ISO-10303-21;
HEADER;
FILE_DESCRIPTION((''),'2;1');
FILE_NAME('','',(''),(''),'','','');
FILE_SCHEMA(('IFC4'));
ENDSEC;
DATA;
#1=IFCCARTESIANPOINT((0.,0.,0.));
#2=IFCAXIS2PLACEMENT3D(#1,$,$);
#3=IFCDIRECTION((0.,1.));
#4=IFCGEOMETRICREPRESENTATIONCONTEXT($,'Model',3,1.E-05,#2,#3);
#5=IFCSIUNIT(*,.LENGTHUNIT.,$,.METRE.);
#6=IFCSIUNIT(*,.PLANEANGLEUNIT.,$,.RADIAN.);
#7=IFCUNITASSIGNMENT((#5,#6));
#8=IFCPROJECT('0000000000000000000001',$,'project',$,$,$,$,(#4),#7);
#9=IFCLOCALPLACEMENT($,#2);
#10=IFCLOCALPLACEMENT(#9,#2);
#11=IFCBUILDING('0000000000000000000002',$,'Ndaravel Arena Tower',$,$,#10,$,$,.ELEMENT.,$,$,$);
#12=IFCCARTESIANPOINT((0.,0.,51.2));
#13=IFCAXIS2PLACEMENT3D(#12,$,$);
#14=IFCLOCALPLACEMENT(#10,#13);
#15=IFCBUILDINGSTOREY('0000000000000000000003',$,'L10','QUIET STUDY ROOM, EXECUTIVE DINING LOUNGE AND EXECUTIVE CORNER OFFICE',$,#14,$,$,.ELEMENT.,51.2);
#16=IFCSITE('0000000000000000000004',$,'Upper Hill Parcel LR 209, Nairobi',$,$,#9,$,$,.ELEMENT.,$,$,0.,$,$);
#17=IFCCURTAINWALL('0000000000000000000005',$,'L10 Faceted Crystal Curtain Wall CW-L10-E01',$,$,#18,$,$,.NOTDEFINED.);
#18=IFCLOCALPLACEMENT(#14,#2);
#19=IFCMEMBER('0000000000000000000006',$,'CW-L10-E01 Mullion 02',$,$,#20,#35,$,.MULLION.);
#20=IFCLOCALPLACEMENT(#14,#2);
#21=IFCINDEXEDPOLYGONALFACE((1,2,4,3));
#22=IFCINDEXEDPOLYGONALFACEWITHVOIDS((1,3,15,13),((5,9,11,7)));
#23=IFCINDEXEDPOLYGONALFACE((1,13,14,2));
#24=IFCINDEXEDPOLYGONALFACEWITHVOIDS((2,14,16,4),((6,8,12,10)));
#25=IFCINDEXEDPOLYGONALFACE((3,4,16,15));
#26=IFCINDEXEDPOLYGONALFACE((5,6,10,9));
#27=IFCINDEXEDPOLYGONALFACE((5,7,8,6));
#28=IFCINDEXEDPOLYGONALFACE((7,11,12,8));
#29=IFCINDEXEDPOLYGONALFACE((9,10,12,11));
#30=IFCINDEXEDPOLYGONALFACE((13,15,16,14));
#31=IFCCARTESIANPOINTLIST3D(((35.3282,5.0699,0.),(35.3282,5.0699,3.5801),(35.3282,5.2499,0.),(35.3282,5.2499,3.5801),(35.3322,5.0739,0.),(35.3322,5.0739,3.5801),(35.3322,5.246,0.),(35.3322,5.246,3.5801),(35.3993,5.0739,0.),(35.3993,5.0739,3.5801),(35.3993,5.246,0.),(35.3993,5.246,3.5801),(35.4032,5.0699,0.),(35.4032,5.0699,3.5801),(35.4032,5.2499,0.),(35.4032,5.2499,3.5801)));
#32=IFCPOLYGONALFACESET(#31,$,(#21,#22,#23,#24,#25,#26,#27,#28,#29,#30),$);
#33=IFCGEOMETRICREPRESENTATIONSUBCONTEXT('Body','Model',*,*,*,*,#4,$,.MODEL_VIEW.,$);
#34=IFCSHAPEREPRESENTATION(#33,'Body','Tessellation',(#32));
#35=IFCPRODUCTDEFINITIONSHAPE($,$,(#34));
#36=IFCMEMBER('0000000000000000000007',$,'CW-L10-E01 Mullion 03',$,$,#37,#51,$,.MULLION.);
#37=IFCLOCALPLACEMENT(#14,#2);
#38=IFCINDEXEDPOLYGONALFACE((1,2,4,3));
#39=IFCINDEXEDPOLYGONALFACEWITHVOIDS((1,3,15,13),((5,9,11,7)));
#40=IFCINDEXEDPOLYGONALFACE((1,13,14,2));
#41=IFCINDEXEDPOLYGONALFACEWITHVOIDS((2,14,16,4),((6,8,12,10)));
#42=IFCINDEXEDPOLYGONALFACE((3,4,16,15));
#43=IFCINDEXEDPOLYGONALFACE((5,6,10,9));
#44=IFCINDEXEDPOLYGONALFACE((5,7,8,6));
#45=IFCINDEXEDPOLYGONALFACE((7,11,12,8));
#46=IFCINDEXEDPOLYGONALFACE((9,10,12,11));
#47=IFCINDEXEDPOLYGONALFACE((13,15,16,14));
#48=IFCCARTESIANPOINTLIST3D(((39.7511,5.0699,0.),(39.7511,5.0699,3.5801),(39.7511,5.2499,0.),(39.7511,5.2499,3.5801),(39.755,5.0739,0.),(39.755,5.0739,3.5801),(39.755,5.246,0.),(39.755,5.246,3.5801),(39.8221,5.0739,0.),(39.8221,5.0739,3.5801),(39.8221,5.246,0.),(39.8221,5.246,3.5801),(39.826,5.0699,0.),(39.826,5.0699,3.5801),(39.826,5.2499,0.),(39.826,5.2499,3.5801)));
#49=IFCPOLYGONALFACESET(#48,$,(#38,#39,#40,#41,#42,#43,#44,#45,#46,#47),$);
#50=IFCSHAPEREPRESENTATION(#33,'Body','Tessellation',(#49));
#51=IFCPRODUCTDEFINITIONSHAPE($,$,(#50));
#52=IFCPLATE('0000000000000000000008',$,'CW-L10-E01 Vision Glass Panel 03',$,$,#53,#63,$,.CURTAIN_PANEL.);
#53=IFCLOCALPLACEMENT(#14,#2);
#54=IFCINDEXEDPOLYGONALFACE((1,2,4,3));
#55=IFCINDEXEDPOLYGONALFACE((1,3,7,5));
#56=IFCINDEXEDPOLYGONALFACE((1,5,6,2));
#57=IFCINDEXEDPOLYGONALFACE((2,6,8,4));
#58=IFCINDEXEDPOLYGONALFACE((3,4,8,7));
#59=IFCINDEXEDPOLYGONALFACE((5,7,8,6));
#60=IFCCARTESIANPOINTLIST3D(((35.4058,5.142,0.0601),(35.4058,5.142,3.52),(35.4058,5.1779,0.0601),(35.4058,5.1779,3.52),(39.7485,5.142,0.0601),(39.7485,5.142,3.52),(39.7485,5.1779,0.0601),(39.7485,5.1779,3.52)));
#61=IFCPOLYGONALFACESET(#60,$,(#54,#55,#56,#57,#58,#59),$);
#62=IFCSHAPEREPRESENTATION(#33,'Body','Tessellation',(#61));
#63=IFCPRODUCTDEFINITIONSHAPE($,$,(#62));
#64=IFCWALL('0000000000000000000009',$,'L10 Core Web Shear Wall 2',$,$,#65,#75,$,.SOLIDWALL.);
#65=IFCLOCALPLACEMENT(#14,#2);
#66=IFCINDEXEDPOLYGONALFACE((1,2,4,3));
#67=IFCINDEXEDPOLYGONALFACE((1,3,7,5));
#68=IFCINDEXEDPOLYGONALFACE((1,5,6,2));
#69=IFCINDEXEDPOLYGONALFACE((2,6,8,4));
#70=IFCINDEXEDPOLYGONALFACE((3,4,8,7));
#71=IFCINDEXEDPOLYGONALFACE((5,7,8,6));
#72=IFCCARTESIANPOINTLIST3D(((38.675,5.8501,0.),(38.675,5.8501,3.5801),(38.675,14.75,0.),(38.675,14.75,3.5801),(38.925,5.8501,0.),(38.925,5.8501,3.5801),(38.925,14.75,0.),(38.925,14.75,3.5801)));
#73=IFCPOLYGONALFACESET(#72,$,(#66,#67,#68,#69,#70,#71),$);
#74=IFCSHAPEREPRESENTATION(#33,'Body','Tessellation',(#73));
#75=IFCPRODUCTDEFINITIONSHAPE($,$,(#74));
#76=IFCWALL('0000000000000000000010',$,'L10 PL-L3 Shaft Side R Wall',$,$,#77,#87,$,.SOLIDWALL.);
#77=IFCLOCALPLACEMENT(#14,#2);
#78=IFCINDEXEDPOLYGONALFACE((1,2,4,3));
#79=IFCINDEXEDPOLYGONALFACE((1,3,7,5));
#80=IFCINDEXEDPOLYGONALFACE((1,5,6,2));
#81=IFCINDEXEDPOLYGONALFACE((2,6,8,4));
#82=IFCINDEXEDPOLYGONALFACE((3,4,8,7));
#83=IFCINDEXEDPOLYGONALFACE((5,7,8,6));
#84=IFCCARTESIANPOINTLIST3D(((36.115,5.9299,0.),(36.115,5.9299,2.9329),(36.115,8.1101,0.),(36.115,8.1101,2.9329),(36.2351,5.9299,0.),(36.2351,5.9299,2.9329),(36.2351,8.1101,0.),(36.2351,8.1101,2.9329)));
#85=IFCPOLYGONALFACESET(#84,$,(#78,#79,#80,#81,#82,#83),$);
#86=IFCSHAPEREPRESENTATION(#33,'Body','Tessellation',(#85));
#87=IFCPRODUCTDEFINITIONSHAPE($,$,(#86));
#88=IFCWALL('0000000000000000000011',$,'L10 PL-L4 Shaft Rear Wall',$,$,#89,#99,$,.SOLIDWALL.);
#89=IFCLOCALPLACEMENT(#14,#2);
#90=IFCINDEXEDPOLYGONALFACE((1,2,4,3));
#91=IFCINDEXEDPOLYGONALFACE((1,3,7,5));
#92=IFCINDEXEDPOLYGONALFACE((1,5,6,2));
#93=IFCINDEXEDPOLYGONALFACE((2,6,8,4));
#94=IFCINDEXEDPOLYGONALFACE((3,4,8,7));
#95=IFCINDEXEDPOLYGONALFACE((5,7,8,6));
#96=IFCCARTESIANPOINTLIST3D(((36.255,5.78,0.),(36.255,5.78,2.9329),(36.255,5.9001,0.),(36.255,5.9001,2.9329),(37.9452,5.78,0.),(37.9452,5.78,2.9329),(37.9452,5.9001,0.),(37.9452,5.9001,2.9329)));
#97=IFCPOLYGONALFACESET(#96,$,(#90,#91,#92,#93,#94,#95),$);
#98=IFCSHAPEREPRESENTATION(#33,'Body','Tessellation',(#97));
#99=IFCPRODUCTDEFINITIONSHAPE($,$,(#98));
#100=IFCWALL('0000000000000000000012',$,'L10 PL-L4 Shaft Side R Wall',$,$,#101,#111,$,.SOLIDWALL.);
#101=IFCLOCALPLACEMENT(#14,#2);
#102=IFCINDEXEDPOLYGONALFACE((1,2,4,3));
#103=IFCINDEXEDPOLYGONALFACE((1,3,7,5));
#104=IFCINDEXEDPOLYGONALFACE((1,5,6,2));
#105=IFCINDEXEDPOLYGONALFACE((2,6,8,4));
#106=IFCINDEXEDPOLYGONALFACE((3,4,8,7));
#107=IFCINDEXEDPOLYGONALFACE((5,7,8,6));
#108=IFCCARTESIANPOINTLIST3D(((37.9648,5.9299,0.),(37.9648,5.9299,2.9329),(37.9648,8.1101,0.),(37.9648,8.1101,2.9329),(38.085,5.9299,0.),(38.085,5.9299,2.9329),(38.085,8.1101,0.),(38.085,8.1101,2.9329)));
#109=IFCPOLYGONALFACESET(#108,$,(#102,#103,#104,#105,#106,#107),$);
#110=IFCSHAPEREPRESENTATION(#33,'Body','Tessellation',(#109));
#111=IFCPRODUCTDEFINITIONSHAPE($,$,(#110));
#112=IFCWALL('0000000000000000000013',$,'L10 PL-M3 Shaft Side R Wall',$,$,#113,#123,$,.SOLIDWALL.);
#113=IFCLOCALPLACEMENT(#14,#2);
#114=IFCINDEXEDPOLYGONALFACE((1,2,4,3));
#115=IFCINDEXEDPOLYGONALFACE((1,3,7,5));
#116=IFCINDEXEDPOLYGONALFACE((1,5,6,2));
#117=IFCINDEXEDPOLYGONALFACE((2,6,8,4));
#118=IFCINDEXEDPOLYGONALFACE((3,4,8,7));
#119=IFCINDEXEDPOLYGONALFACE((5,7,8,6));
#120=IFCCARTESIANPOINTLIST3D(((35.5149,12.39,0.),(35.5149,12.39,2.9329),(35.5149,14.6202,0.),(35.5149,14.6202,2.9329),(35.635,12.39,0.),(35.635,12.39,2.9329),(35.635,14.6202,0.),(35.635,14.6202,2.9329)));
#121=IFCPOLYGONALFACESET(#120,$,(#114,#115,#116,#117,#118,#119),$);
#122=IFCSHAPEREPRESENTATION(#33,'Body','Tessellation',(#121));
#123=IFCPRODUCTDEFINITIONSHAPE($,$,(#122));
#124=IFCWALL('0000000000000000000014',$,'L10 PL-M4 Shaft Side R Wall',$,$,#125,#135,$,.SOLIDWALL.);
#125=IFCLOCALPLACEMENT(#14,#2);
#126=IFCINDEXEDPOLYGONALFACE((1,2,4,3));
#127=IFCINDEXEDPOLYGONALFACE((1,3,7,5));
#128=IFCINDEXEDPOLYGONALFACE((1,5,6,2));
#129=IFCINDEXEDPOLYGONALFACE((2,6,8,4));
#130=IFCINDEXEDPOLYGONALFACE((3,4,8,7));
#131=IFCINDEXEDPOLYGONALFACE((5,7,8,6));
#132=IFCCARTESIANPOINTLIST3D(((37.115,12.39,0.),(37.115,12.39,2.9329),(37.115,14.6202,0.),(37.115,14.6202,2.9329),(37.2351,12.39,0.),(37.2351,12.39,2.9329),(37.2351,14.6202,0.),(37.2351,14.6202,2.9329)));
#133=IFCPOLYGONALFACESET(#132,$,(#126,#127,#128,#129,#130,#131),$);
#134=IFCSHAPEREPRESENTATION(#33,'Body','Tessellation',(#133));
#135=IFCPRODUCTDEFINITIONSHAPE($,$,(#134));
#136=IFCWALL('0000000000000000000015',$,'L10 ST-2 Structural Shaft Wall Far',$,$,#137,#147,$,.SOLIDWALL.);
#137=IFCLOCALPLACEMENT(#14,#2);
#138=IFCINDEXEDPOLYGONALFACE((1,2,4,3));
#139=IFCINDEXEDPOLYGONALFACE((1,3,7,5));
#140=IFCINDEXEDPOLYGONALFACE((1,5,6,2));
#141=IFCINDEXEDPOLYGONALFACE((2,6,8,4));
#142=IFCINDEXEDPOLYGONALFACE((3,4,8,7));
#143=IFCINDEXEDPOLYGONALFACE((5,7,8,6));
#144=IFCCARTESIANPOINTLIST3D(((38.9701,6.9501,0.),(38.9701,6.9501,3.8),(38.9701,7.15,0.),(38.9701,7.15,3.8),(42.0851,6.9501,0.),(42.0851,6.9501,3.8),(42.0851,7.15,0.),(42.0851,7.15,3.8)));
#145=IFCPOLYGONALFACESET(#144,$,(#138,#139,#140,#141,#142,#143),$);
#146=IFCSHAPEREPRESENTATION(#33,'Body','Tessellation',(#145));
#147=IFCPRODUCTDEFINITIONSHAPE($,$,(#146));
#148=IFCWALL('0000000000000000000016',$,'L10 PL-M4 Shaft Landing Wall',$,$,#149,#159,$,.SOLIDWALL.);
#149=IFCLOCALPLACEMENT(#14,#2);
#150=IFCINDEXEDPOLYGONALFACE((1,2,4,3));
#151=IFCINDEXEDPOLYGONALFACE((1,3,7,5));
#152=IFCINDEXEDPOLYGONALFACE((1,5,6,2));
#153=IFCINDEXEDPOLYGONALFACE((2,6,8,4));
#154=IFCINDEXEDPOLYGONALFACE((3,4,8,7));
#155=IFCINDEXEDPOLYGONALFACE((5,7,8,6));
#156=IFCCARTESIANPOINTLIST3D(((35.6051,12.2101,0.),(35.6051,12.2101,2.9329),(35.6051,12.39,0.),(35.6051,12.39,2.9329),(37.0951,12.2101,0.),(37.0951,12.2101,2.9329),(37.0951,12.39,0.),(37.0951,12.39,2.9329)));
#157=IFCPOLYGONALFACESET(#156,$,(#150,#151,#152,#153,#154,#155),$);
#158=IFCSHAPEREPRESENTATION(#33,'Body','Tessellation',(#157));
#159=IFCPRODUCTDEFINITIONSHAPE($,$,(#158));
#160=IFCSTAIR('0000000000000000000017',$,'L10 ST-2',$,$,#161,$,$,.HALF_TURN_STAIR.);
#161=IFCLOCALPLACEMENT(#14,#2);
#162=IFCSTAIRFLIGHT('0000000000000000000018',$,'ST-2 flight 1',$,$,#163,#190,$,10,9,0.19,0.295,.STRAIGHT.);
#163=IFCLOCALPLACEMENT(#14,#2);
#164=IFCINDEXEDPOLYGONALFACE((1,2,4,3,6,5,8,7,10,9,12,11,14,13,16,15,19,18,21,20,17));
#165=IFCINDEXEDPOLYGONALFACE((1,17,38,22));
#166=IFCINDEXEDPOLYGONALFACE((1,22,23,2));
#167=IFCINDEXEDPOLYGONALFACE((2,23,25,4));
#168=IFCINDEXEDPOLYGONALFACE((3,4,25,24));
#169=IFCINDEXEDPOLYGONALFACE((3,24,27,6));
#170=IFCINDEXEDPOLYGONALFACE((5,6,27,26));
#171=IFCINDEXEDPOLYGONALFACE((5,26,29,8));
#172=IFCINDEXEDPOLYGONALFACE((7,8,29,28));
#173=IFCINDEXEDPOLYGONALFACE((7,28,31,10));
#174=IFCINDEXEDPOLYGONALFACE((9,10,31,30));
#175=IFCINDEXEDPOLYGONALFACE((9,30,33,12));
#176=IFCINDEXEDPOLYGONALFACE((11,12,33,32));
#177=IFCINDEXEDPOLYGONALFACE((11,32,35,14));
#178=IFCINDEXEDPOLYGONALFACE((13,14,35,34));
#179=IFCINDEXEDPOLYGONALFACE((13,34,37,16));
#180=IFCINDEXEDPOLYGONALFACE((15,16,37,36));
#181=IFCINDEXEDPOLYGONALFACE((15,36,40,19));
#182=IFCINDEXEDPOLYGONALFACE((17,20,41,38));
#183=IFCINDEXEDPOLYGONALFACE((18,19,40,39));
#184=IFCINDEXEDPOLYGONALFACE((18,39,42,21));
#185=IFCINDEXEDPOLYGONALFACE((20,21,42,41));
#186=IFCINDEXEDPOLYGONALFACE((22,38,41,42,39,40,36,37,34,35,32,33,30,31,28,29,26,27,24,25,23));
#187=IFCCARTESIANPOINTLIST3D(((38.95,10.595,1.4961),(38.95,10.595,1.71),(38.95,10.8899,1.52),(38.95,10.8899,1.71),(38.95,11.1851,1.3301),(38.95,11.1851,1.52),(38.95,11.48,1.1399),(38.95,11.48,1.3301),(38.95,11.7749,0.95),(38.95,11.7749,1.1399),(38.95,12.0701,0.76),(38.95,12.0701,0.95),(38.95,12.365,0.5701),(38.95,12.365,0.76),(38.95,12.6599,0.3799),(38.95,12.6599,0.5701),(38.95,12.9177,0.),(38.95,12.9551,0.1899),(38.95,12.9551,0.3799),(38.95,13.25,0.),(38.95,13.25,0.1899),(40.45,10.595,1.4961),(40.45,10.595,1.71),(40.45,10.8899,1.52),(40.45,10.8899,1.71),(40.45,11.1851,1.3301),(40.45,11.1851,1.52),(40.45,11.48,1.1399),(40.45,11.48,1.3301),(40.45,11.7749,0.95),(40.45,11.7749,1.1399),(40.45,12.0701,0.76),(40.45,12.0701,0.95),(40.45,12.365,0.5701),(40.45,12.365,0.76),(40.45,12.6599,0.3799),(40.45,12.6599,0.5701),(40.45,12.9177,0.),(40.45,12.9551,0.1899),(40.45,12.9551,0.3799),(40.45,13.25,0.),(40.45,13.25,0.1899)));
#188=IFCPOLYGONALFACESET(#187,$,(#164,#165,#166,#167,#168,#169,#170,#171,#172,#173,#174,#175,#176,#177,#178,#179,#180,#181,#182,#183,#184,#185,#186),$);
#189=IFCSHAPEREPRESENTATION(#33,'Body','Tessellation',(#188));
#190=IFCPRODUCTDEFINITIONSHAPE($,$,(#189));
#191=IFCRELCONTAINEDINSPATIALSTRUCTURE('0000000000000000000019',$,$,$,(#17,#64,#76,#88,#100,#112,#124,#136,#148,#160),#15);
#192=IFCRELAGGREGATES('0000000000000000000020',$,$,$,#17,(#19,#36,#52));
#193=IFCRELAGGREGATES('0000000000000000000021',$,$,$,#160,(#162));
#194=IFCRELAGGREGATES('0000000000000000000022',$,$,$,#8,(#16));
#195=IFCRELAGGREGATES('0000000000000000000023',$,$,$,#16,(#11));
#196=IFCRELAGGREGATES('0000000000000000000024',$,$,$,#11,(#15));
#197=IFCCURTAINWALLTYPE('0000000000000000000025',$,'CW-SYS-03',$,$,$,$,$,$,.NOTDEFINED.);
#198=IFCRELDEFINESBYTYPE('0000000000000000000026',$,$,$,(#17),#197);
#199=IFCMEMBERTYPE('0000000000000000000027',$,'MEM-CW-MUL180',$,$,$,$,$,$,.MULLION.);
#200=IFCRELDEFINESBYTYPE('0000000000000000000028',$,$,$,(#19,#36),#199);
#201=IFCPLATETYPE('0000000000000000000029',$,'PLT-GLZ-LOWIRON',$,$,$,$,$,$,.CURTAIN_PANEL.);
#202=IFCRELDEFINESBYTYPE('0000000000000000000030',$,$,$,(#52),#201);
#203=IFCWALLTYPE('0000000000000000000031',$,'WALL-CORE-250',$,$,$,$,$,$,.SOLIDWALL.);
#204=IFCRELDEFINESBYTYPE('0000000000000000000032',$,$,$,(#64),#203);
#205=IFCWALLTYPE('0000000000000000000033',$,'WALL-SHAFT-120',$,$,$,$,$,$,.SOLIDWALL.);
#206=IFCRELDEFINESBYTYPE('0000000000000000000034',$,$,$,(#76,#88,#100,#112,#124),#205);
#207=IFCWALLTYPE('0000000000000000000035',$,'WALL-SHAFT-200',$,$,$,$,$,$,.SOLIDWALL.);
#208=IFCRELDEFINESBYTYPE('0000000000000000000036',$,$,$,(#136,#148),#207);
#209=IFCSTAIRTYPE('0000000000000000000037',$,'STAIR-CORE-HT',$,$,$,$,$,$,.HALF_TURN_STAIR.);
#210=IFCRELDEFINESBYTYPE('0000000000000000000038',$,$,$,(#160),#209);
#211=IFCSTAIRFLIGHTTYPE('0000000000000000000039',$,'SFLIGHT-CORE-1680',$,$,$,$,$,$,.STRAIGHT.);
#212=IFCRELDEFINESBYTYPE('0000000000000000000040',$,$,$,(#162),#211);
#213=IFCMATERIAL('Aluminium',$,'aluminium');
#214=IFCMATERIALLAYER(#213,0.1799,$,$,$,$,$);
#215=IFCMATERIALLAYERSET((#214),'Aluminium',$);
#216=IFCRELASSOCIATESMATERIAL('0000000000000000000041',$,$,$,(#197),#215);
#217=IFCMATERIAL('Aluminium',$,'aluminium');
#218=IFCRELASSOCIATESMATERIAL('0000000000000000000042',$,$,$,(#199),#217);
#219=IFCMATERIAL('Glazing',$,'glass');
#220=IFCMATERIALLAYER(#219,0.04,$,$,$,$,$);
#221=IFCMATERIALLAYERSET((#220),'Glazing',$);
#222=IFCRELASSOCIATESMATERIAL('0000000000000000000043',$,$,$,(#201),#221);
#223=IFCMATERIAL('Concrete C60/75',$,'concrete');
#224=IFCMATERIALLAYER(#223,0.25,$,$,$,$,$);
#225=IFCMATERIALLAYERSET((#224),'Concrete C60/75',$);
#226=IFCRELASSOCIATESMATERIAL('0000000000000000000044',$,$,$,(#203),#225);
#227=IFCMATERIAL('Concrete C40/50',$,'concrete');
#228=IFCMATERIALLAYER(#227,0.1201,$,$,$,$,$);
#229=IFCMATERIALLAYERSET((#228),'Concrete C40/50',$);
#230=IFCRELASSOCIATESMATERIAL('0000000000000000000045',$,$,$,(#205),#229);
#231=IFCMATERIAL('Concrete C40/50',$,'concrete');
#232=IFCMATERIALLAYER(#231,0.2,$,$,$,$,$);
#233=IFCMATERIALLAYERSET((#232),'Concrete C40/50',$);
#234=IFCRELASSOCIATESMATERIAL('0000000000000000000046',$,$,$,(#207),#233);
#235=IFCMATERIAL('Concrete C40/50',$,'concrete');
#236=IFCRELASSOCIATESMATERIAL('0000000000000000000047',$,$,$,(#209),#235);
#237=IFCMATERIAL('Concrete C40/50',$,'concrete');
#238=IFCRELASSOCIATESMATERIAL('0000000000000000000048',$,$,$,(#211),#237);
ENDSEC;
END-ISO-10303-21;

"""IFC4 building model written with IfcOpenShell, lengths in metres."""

from ifc_helpers import new_model, si_unit, direction, frame, frame_2d, origin, origin_2d, place, context, subcontext, project, spatial, polyline, rectangle, hollow_rectangle, outline, extrude, material, layer, layer_set, material_profile, profile_set, type_object, element, aggregate, save


model = new_model("IFC4")

# Units and contexts
model_context = context("Model", 3, precision=1e-05, world=origin(), true_north=direction((0.0, 1.0)))
body_context = subcontext(model_context, "Body", "Model", "MODEL_VIEW")
ifc_project = project(units=[si_unit("LENGTHUNIT", "METRE"), si_unit("PLANEANGLEUNIT", "RADIAN")], contexts=[model_context])

# Site, building, storey
site_placement = place(None, origin())
site = spatial("IfcSite", under=ifc_project, at=site_placement, Name="Upper Hill Parcel LR 209, Nairobi", CompositionType="ELEMENT", RefElevation=0.0)
building_placement = place(site_placement, origin())
building = spatial("IfcBuilding", under=site, at=building_placement, Name="Ndaravel Arena Tower", CompositionType="ELEMENT")
storey_placement = place(building_placement, frame((0.0, 0.0, 51.2)))
storey = spatial("IfcBuildingStorey", under=building, at=storey_placement, Name="L10", Description="QUIET STUDY ROOM, EXECUTIVE DINING LOUNGE AND EXECUTIVE CORNER OFFICE", CompositionType="ELEMENT", Elevation=51.2)

# Curtain wall, members, plate
ifc_material_1 = material(Name="Aluminium", Category="aluminium")
ifc_layer_1 = layer(ifc_material_1, 0.1799)
ifc_layer_set_1 = layer_set([ifc_layer_1], Name="Aluminium")
curtain_wall_type = type_object("IfcCurtainWallType", Name="CW-SYS-03", PredefinedType="NOTDEFINED", material=ifc_layer_set_1)
curtain_wall_placement = place(storey_placement, origin())
curtain_wall = element("IfcCurtainWall", 1, at=curtain_wall_placement, inside=storey, type_object=curtain_wall_type, Name="L10 Faceted Crystal Curtain Wall CW-L10-E01", PredefinedType="NOTDEFINED")
ifc_material_2 = material(Name="Aluminium", Category="aluminium")
ifc_material_profile = material_profile(ifc_material_2, hollow_rectangle(XDim=0.075, YDim=0.1799, WallThickness=0.0039, at=origin_2d()), Name="CW MULLION 75x180x4")
ifc_profile_set = profile_set([ifc_material_profile], Name="Aluminium")
member_type = type_object("IfcMemberType", Name="MEM-CW-MUL180", PredefinedType="MULLION", material=ifc_profile_set)
member_1_placement = place(storey_placement, frame((35.3657, 5.1599, 0.0), z_axis=(0.0, 0.0, 1.0), x_axis=(1.0, 0.0, 0.0)))
member_1 = element("IfcMember", 2, at=member_1_placement, type_object=member_type, Name="CW-L10-E01 Mullion 02", PredefinedType="MULLION", context=body_context, shape_type="SweptSolid", body=[
    extrude(hollow_rectangle(XDim=0.075, YDim=0.1799, WallThickness=0.0039, at=origin_2d()), origin(), (0.0, 0.0, 1.0), 3.5801),
])
member_2_placement = place(storey_placement, frame((39.7886, 5.1599, 0.0), z_axis=(0.0, 0.0, 1.0), x_axis=(1.0, 0.0, 0.0)))
member_2 = element("IfcMember", 3, at=member_2_placement, type_object=member_type, Name="CW-L10-E01 Mullion 03", PredefinedType="MULLION", context=body_context, shape_type="SweptSolid", body=[
    extrude(hollow_rectangle(XDim=0.075, YDim=0.1799, WallThickness=0.0039, at=origin_2d()), origin(), (0.0, 0.0, 1.0), 3.5801),
])
ifc_material_3 = material(Name="Glazing", Category="glass")
ifc_layer_2 = layer(ifc_material_3, 0.04)
ifc_layer_set_2 = layer_set([ifc_layer_2], Name="Glazing")
plate_type = type_object("IfcPlateType", Name="PLT-GLZ-LOWIRON", PredefinedType="CURTAIN_PANEL", material=ifc_layer_set_2)
plate_placement = place(storey_placement, frame((37.5771, 5.1599, 0.0601), z_axis=(0.0, 0.0, 1.0), x_axis=(1.0, 0.0, 0.0)))
plate = element("IfcPlate", 4, at=plate_placement, type_object=plate_type, Name="CW-L10-E01 Vision Glass Panel 03", PredefinedType="CURTAIN_PANEL", context=body_context, shape_type="SweptSolid", body=[
    extrude(rectangle(XDim=4.3428, YDim=0.0359, at=origin_2d()), origin(), (0.0, 0.0, 1.0), 3.46),
])
aggregate(curtain_wall, [member_1, member_2, plate])

# Walls
ifc_material_4 = material(Name="Concrete C60/75", Category="concrete")
ifc_layer_3 = layer(ifc_material_4, 0.25)
ifc_layer_set_3 = layer_set([ifc_layer_3], Name="Concrete C60/75")
wall_type_1 = type_object("IfcWallType", Name="WALL-CORE-250", PredefinedType="SOLIDWALL", material=ifc_layer_set_3)
wall_1_placement = place(storey_placement, frame((38.8, 5.8501, 0.0), z_axis=(0.0, 0.0, 1.0), x_axis=(0.0, 1.0, 0.0)))
element("IfcWall", 5, at=wall_1_placement, inside=storey, type_object=wall_type_1, Name="L10 Core Web Shear Wall 2", PredefinedType="SOLIDWALL", context=body_context, shape_type="SweptSolid", body=[
    extrude(rectangle(XDim=8.8999, YDim=0.25, at=frame_2d((4.45, 0.0))), origin(), (0.0, 0.0, 1.0), 3.5801),
])
ifc_material_5 = material(Name="Concrete C40/50", Category="concrete")
ifc_layer_4 = layer(ifc_material_5, 0.1201)
ifc_layer_set_4 = layer_set([ifc_layer_4], Name="Concrete C40/50")
wall_type_2 = type_object("IfcWallType", Name="WALL-SHAFT-120", PredefinedType="SOLIDWALL", material=ifc_layer_set_4)
wall_2_placement = place(storey_placement, frame((36.175, 5.9299, 0.0), z_axis=(0.0, 0.0, 1.0), x_axis=(0.0, 1.0, 0.0)))
element("IfcWall", 6, at=wall_2_placement, inside=storey, type_object=wall_type_2, Name="L10 PL-L3 Shaft Side R Wall", PredefinedType="SOLIDWALL", context=body_context, shape_type="SweptSolid", body=[
    extrude(rectangle(XDim=2.1802, YDim=0.1201, at=frame_2d((1.0901, 0.0))), origin(), (0.0, 0.0, 1.0), 2.9329),
])
wall_3_placement = place(storey_placement, frame((36.2549, 5.8401, 0.0), z_axis=(0.0, 0.0, 1.0), x_axis=(1.0, 0.0, 0.0)))
element("IfcWall", 7, at=wall_3_placement, inside=storey, type_object=wall_type_2, Name="L10 PL-L4 Shaft Rear Wall", PredefinedType="SOLIDWALL", context=body_context, shape_type="SweptSolid", body=[
    extrude(rectangle(XDim=1.6902, YDim=0.1201, at=frame_2d((0.8452, 0.0))), origin(), (0.0, 0.0, 1.0), 2.9329),
])
wall_4_placement = place(storey_placement, frame((38.0249, 5.9299, 0.0), z_axis=(0.0, 0.0, 1.0), x_axis=(0.0, 1.0, 0.0)))
element("IfcWall", 8, at=wall_4_placement, inside=storey, type_object=wall_type_2, Name="L10 PL-L4 Shaft Side R Wall", PredefinedType="SOLIDWALL", context=body_context, shape_type="SweptSolid", body=[
    extrude(rectangle(XDim=2.1802, YDim=0.1201, at=frame_2d((1.0901, 0.0))), origin(), (0.0, 0.0, 1.0), 2.9329),
])
for number, where, z_axis, x_axis, name in (
    (9, (35.575, 12.3899, 0.0), (0.0, 0.0, 1.0), (0.0, 1.0, 0.0), "L10 PL-M3 Shaft Side R Wall"),
    (10, (37.175, 12.3899, 0.0), (0.0, 0.0, 1.0), (0.0, 1.0, 0.0), "L10 PL-M4 Shaft Side R Wall"),
):
    element("IfcWall", number, at=place(storey_placement, frame(where, z_axis=z_axis, x_axis=x_axis)), inside=storey, type_object=wall_type_2, Name=name, PredefinedType="SOLIDWALL", context=body_context, shape_type="SweptSolid", body=[
        extrude(rectangle(XDim=2.2302, YDim=0.1201, at=frame_2d((1.1152, 0.0))), origin(), (0.0, 0.0, 1.0), 2.9329),
    ])
ifc_material_6 = material(Name="Concrete C40/50", Category="concrete")
ifc_layer_5 = layer(ifc_material_6, 0.2)
ifc_layer_set_5 = layer_set([ifc_layer_5], Name="Concrete C40/50")
wall_type_3 = type_object("IfcWallType", Name="WALL-SHAFT-200", PredefinedType="SOLIDWALL", material=ifc_layer_set_5)
wall_5_placement = place(storey_placement, frame((38.97, 7.05, 0.0), z_axis=(0.0, 0.0, 1.0), x_axis=(1.0, 0.0, 0.0)))
element("IfcWall", 11, at=wall_5_placement, inside=storey, type_object=wall_type_3, Name="L10 ST-2 Structural Shaft Wall Far", PredefinedType="SOLIDWALL", context=body_context, shape_type="SweptSolid", body=[
    extrude(rectangle(XDim=3.115, YDim=0.2, at=frame_2d((1.5576, 0.0))), origin(), (0.0, 0.0, 1.0), 3.8),
])

# Wall
wall_6_placement = place(storey_placement, frame((35.605, 12.3, 0.0), z_axis=(0.0, 0.0, 1.0), x_axis=(1.0, 0.0, 0.0)))
element("IfcWall", 12, at=wall_6_placement, inside=storey, type_object=wall_type_3, Name="L10 PL-M4 Shaft Landing Wall", PredefinedType="SOLIDWALL", context=body_context, shape_type="SweptSolid", body=[
    extrude(rectangle(XDim=1.49, YDim=0.1799, at=frame_2d((0.7451, 0.0))), origin(), (0.0, 0.0, 1.0), 2.9329),
])

# Stair, stair flight
ifc_material_7 = material(Name="Concrete C40/50", Category="concrete")
stair_type = type_object("IfcStairType", Name="STAIR-CORE-HT", PredefinedType="HALF_TURN_STAIR", material=ifc_material_7)
stair_placement = place(storey_placement, origin())
stair = element("IfcStair", 13, at=stair_placement, inside=storey, type_object=stair_type, Name="L10 ST-2", PredefinedType="HALF_TURN_STAIR")
ifc_material_8 = material(Name="Concrete C40/50", Category="concrete")
stair_flight_type = type_object("IfcStairFlightType", Name="SFLIGHT-CORE-1680", PredefinedType="STRAIGHT", material=ifc_material_8)
stair_flight_placement = place(storey_placement, frame((39.7, 13.25, 0.0), z_axis=(0.0, 0.0, 1.0), x_axis=(0.0, -1.0, 0.0)))
stair_flight = element("IfcStairFlight", 14, at=stair_flight_placement, type_object=stair_flight_type, Name="ST-2 flight 1", NumberOfRisers=10, NumberOfTreads=9, PredefinedType="STRAIGHT", RiserHeight=0.19, TreadLength=0.295, context=body_context, shape_type="SweptSolid", body=[
    extrude(outline(polyline([(0.0, 0.0), (0.0, 0.1899), (0.2949, 0.1899), (0.2949, 0.3799), (0.5901, 0.3799), (0.5901, 0.5701), (0.885, 0.5701), (0.885, 0.76), (1.1799, 0.76), (1.1799, 0.95), (1.4751, 0.95), (1.4751, 1.1399), (1.77, 1.1399), (1.77, 1.3301), (2.0649, 1.3301), (2.0649, 1.52), (2.3601, 1.52), (2.3601, 1.71), (2.655, 1.71), (2.655, 1.8999), (2.655, 1.4961), (0.3323, 0.0), (0.0, 0.0)])), frame((0.0, 0.75, 0.0), z_axis=(0.0, -1.0, 0.0), x_axis=(1.0, 0.0, 0.0)), (0.0, 0.0, 1.0), 1.5),
])
aggregate(stair, [stair_flight])

save(model, "model.ifc")
